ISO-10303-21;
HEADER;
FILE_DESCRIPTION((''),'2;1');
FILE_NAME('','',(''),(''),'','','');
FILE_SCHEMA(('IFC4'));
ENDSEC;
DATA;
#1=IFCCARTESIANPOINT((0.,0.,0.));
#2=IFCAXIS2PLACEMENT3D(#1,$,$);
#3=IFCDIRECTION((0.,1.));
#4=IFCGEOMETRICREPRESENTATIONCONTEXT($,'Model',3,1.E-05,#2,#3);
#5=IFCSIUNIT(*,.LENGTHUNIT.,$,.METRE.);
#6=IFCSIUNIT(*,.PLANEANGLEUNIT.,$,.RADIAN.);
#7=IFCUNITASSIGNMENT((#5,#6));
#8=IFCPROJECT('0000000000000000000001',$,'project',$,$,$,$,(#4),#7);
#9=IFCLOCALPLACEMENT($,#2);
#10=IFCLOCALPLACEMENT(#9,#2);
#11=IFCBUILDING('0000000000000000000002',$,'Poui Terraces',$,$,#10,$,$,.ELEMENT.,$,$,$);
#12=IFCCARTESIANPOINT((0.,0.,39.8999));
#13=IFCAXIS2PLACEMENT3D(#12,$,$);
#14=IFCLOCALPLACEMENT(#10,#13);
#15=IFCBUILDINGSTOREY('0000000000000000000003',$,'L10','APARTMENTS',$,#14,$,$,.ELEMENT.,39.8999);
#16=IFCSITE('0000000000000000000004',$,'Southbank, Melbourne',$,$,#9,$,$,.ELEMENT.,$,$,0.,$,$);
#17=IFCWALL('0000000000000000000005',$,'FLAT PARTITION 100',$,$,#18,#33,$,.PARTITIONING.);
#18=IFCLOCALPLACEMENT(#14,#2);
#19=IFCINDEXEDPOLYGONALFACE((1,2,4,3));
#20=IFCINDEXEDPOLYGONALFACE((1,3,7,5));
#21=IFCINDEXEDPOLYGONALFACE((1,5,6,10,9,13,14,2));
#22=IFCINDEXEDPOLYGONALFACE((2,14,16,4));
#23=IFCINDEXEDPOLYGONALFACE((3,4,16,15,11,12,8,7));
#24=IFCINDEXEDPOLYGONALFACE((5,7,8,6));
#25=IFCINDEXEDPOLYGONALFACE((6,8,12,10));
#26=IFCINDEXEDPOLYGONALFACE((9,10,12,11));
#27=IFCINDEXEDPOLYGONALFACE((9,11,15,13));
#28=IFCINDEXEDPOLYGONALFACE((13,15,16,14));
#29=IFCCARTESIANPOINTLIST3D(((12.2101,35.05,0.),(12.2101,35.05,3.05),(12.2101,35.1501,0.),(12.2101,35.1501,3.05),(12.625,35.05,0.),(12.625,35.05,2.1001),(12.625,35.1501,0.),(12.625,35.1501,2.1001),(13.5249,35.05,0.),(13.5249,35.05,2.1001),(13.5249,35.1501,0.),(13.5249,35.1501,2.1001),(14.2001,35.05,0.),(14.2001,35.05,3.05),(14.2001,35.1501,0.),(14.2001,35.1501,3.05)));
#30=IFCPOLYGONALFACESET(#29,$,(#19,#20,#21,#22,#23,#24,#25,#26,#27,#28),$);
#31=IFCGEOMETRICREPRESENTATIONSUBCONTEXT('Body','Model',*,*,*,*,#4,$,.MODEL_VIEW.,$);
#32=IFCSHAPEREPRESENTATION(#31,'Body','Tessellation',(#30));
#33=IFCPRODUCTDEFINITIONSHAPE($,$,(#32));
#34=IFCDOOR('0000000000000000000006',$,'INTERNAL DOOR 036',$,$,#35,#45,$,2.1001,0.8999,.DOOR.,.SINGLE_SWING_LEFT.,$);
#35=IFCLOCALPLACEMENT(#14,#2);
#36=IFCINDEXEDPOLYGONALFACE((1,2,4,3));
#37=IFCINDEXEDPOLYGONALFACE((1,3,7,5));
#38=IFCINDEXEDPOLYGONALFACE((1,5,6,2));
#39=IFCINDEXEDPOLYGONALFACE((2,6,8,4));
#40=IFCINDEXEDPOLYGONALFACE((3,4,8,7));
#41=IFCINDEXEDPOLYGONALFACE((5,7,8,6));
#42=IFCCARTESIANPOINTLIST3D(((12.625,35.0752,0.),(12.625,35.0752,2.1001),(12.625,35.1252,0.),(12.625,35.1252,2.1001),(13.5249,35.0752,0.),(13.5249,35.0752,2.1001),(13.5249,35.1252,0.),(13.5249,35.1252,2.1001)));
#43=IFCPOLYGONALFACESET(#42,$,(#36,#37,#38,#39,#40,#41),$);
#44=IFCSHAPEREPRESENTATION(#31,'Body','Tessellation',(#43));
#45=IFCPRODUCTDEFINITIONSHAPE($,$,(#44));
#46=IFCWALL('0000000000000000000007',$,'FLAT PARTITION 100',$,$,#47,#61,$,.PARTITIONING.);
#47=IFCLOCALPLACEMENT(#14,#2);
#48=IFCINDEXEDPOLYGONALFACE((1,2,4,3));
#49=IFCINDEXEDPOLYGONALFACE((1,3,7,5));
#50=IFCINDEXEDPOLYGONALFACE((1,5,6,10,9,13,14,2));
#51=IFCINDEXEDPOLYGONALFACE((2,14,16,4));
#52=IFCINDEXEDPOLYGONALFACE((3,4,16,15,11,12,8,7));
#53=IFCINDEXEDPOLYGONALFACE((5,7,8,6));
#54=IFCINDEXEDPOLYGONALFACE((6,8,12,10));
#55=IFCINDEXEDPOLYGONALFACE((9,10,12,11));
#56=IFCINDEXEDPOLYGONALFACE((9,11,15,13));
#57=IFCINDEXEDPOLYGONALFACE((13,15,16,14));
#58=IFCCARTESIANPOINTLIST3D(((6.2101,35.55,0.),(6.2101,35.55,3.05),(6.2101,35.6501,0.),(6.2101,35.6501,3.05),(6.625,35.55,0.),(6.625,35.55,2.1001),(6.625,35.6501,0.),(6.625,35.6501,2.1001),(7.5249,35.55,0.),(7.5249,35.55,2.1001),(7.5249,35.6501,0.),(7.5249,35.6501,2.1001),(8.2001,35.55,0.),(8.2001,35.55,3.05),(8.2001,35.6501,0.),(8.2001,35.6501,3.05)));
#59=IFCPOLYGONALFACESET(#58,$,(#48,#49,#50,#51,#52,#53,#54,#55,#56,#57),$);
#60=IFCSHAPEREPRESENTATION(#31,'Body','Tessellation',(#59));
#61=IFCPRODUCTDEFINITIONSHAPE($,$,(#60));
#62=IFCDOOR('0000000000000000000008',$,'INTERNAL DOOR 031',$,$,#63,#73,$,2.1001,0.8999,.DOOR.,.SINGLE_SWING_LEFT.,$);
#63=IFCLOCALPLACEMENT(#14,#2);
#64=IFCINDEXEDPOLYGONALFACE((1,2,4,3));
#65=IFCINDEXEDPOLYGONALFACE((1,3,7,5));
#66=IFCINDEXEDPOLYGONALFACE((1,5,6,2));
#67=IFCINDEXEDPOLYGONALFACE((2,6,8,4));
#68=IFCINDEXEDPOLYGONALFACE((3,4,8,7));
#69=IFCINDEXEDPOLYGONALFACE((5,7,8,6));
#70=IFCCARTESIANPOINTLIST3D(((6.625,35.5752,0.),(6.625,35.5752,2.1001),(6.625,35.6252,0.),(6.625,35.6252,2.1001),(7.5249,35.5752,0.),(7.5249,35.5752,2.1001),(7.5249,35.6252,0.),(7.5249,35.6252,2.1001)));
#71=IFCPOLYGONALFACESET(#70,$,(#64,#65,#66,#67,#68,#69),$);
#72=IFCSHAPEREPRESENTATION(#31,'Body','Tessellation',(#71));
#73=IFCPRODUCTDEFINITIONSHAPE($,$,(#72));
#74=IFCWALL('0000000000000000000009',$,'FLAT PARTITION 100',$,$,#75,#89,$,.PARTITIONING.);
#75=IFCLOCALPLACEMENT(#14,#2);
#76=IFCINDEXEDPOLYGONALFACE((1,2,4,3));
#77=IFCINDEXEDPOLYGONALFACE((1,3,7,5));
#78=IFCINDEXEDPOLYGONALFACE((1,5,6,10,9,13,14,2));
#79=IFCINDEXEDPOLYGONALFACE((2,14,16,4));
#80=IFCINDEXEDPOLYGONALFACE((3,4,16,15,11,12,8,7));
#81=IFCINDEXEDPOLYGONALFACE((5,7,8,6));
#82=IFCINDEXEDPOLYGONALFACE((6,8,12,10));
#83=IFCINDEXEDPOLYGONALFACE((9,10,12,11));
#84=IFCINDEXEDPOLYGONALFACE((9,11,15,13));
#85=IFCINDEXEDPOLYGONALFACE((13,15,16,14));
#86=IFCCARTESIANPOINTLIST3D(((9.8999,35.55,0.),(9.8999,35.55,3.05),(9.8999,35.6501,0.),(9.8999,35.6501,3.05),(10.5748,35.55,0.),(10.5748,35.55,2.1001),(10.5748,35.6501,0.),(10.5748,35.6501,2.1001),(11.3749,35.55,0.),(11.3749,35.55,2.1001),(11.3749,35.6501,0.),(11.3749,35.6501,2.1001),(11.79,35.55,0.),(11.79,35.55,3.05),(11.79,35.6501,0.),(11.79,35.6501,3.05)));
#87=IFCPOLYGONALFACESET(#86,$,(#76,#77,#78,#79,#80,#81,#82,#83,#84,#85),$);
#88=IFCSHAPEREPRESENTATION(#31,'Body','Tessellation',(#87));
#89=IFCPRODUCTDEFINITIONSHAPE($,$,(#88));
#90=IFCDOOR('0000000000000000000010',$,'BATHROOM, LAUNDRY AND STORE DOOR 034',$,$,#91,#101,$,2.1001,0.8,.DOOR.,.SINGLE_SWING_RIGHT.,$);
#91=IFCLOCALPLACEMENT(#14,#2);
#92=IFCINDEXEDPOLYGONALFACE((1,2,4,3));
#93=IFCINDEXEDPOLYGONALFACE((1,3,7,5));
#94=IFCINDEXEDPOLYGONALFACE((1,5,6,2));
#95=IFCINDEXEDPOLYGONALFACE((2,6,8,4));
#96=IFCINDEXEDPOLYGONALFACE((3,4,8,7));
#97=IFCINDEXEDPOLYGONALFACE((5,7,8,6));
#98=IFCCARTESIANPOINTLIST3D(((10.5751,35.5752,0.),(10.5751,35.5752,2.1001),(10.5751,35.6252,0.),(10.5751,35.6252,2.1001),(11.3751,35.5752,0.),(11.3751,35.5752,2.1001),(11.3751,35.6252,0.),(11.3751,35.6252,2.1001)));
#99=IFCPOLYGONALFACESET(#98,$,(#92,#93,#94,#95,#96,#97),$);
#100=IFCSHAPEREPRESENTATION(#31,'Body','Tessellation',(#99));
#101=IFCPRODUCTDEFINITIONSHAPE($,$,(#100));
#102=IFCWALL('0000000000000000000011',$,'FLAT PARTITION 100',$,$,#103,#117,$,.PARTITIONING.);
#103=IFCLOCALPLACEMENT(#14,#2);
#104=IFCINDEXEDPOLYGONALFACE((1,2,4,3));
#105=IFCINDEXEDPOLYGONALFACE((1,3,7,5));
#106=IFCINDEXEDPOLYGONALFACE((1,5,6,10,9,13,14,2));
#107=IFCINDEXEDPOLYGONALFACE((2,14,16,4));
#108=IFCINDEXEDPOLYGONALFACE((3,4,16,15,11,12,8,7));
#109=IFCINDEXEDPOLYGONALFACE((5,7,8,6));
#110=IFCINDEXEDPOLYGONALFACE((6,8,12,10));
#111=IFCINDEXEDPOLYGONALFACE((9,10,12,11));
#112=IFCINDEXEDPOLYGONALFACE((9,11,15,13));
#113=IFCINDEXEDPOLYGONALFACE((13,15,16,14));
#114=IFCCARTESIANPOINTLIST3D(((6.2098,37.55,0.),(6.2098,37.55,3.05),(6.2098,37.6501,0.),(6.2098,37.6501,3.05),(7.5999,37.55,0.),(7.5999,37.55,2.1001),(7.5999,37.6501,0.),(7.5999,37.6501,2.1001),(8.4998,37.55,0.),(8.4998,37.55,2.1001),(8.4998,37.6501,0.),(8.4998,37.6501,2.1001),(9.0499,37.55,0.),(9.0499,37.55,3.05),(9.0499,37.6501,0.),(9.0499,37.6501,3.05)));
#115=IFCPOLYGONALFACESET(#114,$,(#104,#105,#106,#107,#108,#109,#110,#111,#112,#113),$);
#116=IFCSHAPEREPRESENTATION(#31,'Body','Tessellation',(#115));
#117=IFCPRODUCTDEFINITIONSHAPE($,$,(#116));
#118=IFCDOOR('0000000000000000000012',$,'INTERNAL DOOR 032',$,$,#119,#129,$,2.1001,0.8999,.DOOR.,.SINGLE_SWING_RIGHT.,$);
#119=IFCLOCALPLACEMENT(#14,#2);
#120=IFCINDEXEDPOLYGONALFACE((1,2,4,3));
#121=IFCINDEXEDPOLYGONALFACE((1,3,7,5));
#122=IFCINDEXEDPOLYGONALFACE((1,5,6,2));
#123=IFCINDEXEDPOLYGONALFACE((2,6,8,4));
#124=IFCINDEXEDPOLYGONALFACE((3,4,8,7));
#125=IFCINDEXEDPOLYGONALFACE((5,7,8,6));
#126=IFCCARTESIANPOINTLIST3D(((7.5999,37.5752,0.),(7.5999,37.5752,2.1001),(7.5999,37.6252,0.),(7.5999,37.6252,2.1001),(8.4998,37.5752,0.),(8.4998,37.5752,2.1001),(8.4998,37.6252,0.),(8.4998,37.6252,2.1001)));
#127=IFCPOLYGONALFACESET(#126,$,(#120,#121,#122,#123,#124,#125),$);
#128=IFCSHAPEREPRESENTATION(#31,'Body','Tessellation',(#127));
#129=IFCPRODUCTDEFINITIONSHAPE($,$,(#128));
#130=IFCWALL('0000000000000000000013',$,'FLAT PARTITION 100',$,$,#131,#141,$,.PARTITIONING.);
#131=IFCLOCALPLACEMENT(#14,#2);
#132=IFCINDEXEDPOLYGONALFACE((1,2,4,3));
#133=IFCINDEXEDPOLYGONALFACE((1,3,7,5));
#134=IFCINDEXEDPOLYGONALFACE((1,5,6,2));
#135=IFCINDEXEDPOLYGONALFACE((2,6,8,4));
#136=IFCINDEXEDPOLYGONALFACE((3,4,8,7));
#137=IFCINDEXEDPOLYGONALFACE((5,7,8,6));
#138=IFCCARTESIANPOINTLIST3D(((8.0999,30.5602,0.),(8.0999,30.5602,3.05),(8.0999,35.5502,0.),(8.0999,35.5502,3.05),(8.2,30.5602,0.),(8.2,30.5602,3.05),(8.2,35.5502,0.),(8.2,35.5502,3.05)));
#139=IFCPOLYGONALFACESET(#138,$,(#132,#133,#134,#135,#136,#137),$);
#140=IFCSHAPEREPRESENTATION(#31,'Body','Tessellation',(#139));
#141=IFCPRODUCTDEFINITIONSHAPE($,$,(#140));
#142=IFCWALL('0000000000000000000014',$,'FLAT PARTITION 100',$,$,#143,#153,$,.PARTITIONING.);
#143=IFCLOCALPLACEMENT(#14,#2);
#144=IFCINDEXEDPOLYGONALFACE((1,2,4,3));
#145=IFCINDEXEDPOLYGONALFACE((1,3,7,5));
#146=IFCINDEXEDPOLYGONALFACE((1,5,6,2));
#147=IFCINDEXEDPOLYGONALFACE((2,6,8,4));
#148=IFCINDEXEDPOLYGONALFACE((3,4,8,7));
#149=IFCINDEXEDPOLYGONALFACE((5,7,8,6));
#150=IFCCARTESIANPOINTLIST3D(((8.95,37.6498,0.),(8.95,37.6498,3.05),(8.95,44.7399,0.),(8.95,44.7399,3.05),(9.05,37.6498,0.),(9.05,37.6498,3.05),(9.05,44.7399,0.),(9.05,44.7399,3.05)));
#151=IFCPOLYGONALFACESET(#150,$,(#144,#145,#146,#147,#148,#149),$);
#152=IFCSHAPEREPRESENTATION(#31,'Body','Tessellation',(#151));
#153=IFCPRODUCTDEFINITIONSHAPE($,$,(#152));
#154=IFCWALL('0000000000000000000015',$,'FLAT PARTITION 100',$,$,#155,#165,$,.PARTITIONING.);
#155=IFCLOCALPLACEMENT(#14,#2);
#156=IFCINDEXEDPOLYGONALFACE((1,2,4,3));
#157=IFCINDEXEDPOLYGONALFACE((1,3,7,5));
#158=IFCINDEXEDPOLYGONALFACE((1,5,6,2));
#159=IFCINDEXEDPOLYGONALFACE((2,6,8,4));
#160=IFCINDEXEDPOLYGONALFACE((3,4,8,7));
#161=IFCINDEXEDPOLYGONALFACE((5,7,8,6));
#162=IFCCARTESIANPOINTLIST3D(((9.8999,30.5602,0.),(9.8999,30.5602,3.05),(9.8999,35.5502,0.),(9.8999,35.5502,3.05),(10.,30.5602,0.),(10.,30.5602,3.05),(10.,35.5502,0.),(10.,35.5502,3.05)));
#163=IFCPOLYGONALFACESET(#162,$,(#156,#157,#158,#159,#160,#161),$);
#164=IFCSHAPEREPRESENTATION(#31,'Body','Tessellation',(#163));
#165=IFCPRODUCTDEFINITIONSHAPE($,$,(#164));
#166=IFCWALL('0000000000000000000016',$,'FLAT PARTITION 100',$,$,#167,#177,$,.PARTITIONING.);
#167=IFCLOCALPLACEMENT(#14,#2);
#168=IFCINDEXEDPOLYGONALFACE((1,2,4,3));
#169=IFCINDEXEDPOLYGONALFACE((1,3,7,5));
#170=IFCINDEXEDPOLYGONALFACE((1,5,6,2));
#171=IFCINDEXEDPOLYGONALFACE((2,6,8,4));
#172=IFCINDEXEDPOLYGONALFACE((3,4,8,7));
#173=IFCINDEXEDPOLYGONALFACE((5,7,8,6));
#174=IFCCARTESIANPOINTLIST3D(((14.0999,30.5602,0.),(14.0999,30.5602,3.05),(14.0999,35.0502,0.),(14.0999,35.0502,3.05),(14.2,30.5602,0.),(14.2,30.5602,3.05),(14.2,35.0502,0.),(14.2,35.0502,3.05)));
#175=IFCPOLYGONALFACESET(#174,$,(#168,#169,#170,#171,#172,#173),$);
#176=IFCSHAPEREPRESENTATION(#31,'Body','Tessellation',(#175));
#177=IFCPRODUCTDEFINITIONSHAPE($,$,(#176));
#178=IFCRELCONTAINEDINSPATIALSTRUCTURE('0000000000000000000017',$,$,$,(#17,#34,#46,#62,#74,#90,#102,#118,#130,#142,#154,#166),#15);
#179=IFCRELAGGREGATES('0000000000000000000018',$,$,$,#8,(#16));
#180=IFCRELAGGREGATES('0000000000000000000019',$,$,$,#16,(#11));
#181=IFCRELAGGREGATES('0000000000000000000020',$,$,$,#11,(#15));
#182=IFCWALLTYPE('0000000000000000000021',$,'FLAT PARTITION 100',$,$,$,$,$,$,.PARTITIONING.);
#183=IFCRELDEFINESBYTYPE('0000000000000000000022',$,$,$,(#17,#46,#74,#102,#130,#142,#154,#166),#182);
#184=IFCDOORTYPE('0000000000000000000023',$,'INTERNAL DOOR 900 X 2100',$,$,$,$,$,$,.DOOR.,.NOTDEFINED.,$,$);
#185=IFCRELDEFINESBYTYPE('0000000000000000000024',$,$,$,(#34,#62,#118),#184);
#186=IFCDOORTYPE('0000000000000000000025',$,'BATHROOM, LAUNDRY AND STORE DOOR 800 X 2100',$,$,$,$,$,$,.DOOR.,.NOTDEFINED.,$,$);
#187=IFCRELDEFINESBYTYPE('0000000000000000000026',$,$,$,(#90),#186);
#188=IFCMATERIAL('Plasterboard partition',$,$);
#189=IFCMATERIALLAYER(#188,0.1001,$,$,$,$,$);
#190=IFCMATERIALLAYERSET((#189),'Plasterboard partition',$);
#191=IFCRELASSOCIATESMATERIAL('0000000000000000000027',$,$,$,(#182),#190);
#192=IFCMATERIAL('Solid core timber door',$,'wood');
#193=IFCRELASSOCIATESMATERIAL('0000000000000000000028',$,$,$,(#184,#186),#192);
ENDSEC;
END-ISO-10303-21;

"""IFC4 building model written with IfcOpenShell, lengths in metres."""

from ifc_helpers import new_model, si_unit, direction, frame, frame_2d, origin, place, context, subcontext, project, spatial, rectangle, extrude, material, layer, layer_set, type_object, element, fill, save


model = new_model("IFC4")

# Units and contexts
model_context = context("Model", 3, precision=1e-05, world=origin(), true_north=direction((0.0, 1.0)))
body_context = subcontext(model_context, "Body", "Model", "MODEL_VIEW")
ifc_project = project(units=[si_unit("LENGTHUNIT", "METRE"), si_unit("PLANEANGLEUNIT", "RADIAN")], contexts=[model_context])

# Site, building, storey
site_placement = place(None, origin())
site = spatial("IfcSite", under=ifc_project, at=site_placement, Name="Southbank, Melbourne", CompositionType="ELEMENT", RefElevation=0.0)
building_placement = place(site_placement, origin())
building = spatial("IfcBuilding", under=site, at=building_placement, Name="Poui Terraces", CompositionType="ELEMENT")
storey_placement = place(building_placement, frame((0.0, 0.0, 39.8999)))
storey = spatial("IfcBuildingStorey", under=building, at=storey_placement, Name="L10", Description="APARTMENTS", CompositionType="ELEMENT", Elevation=39.8999)

# Walls, openings, doors
ifc_material_1 = material(Name="Plasterboard partition")
ifc_layer_1 = layer(ifc_material_1, 0.1001)
ifc_layer_set_1 = layer_set([ifc_layer_1], Name="Plasterboard partition")
wall_type_1 = type_object("IfcWallType", Name="FLAT PARTITION 100", PredefinedType="PARTITIONING", material=ifc_layer_set_1)
wall_1_placement = place(storey_placement, frame((12.21, 35.1001, 0.0), z_axis=(0.0, 0.0, 1.0), x_axis=(1.0, 0.0, 0.0)))
wall_1 = element("IfcWall", 1, at=wall_1_placement, inside=storey, type_object=wall_type_1, Name="FLAT PARTITION 100", PredefinedType="PARTITIONING", context=body_context, shape_type="SweptSolid", body=[
    extrude(rectangle(XDim=1.99, YDim=0.1001, at=frame_2d((0.9951, 0.0))), origin(), (0.0, 0.0, 1.0), 3.05),
])
opening_1_placement = place(wall_1_placement, frame((0.415, 0.0, 0.0)))
opening_1 = element("IfcOpeningElement", 2, at=opening_1_placement, cuts=wall_1, PredefinedType="OPENING", context=body_context, shape_type="SweptSolid", body=[
    extrude(rectangle(XDim=0.8999, YDim=2.1001, at=frame_2d((0.45, 1.05))), frame((0.0, 0.0601, 0.0), z_axis=(0.0, -1.0, 0.0), x_axis=(1.0, 0.0, 0.0)), (0.0, 0.0, 1.0), 0.1201),
])
ifc_material_2 = material(Name="Solid core timber door", Category="wood")
door_type_1 = type_object("IfcDoorType", Name="INTERNAL DOOR 900 X 2100", OperationType="NOTDEFINED", PredefinedType="DOOR", material=ifc_material_2)
door_1_placement = place(opening_1_placement, frame((0.8999, 0.0, 0.0), z_axis=(0.0, 0.0, 1.0), x_axis=(-1.0, 0.0, 0.0)))
door_1 = element("IfcDoor", 3, at=door_1_placement, inside=storey, type_object=door_type_1, Name="INTERNAL DOOR 036", OperationType="SINGLE_SWING_LEFT", OverallHeight=2.1001, OverallWidth=0.8999, PredefinedType="DOOR", context=body_context, shape_type="SweptSolid", body=[
    extrude(rectangle(XDim=0.8999, YDim=2.1001, at=frame_2d((0.45, 1.05))), frame((0.0, 0.0249, 0.0), z_axis=(0.0, -1.0, 0.0), x_axis=(1.0, 0.0, 0.0)), (0.0, 0.0, 1.0), 0.05),
])
fill(opening_1, door_1)
wall_2_placement = place(storey_placement, frame((6.21, 35.6001, 0.0), z_axis=(0.0, 0.0, 1.0), x_axis=(1.0, 0.0, 0.0)))
wall_2 = element("IfcWall", 4, at=wall_2_placement, inside=storey, type_object=wall_type_1, Name="FLAT PARTITION 100", PredefinedType="PARTITIONING", context=body_context, shape_type="SweptSolid", body=[
    extrude(rectangle(XDim=1.99, YDim=0.1001, at=frame_2d((0.9951, 0.0))), origin(), (0.0, 0.0, 1.0), 3.05),
])
opening_2_placement = place(wall_2_placement, frame((0.415, 0.0, 0.0)))
opening_2 = element("IfcOpeningElement", 5, at=opening_2_placement, cuts=wall_2, PredefinedType="OPENING", context=body_context, shape_type="SweptSolid", body=[
    extrude(rectangle(XDim=0.8999, YDim=2.1001, at=frame_2d((0.45, 1.05))), frame((0.0, 0.0601, 0.0), z_axis=(0.0, -1.0, 0.0), x_axis=(1.0, 0.0, 0.0)), (0.0, 0.0, 1.0), 0.1201),
])
door_2_placement = place(opening_2_placement, frame((0.8999, 0.0, 0.0), z_axis=(0.0, 0.0, 1.0), x_axis=(-1.0, 0.0, 0.0)))
door_2 = element("IfcDoor", 6, at=door_2_placement, inside=storey, type_object=door_type_1, Name="INTERNAL DOOR 031", OperationType="SINGLE_SWING_LEFT", OverallHeight=2.1001, OverallWidth=0.8999, PredefinedType="DOOR", context=body_context, shape_type="SweptSolid", body=[
    extrude(rectangle(XDim=0.8999, YDim=2.1001, at=frame_2d((0.45, 1.05))), frame((0.0, 0.0249, 0.0), z_axis=(0.0, -1.0, 0.0), x_axis=(1.0, 0.0, 0.0)), (0.0, 0.0, 1.0), 0.05),
])
fill(opening_2, door_2)
wall_3_placement = place(storey_placement, frame((9.8999, 35.6001, 0.0), z_axis=(0.0, 0.0, 1.0), x_axis=(1.0, 0.0, 0.0)))
wall_3 = element("IfcWall", 7, at=wall_3_placement, inside=storey, type_object=wall_type_1, Name="FLAT PARTITION 100", PredefinedType="PARTITIONING", context=body_context, shape_type="SweptSolid", body=[
    extrude(rectangle(XDim=1.8901, YDim=0.1001, at=frame_2d((0.9451, 0.0))), origin(), (0.0, 0.0, 1.0), 3.05),
])
opening_3_placement = place(wall_3_placement, frame((0.675, 0.0, 0.0)))
opening_3 = element("IfcOpeningElement", 8, at=opening_3_placement, cuts=wall_3, PredefinedType="OPENING", context=body_context, shape_type="SweptSolid", body=[
    extrude(rectangle(XDim=0.8, YDim=2.1001, at=frame_2d((0.3999, 1.05))), frame((0.0, 0.0601, 0.0), z_axis=(0.0, -1.0, 0.0), x_axis=(1.0, 0.0, 0.0)), (0.0, 0.0, 1.0), 0.1201),
])
door_type_2 = type_object("IfcDoorType", Name="BATHROOM, LAUNDRY AND STORE DOOR 800 X 2100", OperationType="NOTDEFINED", PredefinedType="DOOR", material=ifc_material_2)
door_3_placement = place(opening_3_placement, frame((0.8, 0.0, 0.0), z_axis=(0.0, 0.0, 1.0), x_axis=(-1.0, 0.0, 0.0)))
door_3 = element("IfcDoor", 9, at=door_3_placement, inside=storey, type_object=door_type_2, Name="BATHROOM, LAUNDRY AND STORE DOOR 034", OperationType="SINGLE_SWING_RIGHT", OverallHeight=2.1001, OverallWidth=0.8, PredefinedType="DOOR", context=body_context, shape_type="SweptSolid", body=[
    extrude(rectangle(XDim=0.8, YDim=2.1001, at=frame_2d((0.3999, 1.05))), frame((0.0, 0.0249, 0.0), z_axis=(0.0, -1.0, 0.0), x_axis=(1.0, 0.0, 0.0)), (0.0, 0.0, 1.0), 0.05),
])
fill(opening_3, door_3)
wall_4_placement = place(storey_placement, frame((6.21, 37.6001, 0.0), z_axis=(0.0, 0.0, 1.0), x_axis=(1.0, 0.0, 0.0)))
wall_4 = element("IfcWall", 10, at=wall_4_placement, inside=storey, type_object=wall_type_1, Name="FLAT PARTITION 100", PredefinedType="PARTITIONING", context=body_context, shape_type="SweptSolid", body=[
    extrude(rectangle(XDim=2.8401, YDim=0.1001, at=frame_2d((1.4199, 0.0))), origin(), (0.0, 0.0, 1.0), 3.05),
])
opening_4_placement = place(wall_4_placement, frame((1.3899, 0.0, 0.0)))
opening_4 = element("IfcOpeningElement", 11, at=opening_4_placement, cuts=wall_4, PredefinedType="OPENING", context=body_context, shape_type="SweptSolid", body=[
    extrude(rectangle(XDim=0.8999, YDim=2.1001, at=frame_2d((0.45, 1.05))), frame((0.0, 0.0601, 0.0), z_axis=(0.0, -1.0, 0.0), x_axis=(1.0, 0.0, 0.0)), (0.0, 0.0, 1.0), 0.1201),
])
door_4_placement = place(opening_4_placement, frame((0.8999, 0.0, 0.0), z_axis=(0.0, 0.0, 1.0), x_axis=(-1.0, 0.0, 0.0)))
door_4 = element("IfcDoor", 12, at=door_4_placement, inside=storey, type_object=door_type_1, Name="INTERNAL DOOR 032", OperationType="SINGLE_SWING_RIGHT", OverallHeight=2.1001, OverallWidth=0.8999, PredefinedType="DOOR", context=body_context, shape_type="SweptSolid", body=[
    extrude(rectangle(XDim=0.8999, YDim=2.1001, at=frame_2d((0.45, 1.05))), frame((0.0, 0.0249, 0.0), z_axis=(0.0, -1.0, 0.0), x_axis=(1.0, 0.0, 0.0)), (0.0, 0.0, 1.0), 0.05),
])
fill(opening_4, door_4)

# Walls
wall_5_placement = place(storey_placement, frame((8.1499, 30.5601, 0.0), z_axis=(0.0, 0.0, 1.0), x_axis=(0.0, 1.0, 0.0)))
element("IfcWall", 13, at=wall_5_placement, inside=storey, type_object=wall_type_1, Name="FLAT PARTITION 100", PredefinedType="PARTITIONING", context=body_context, shape_type="SweptSolid", body=[
    extrude(rectangle(XDim=4.99, YDim=0.1001, at=frame_2d((2.4951, 0.0))), origin(), (0.0, 0.0, 1.0), 3.05),
])
wall_6_placement = place(storey_placement, frame((9.0, 37.6499, 0.0), z_axis=(0.0, 0.0, 1.0), x_axis=(0.0, 1.0, 0.0)))
element("IfcWall", 14, at=wall_6_placement, inside=storey, type_object=wall_type_1, Name="FLAT PARTITION 100", PredefinedType="PARTITIONING", context=body_context, shape_type="SweptSolid", body=[
    extrude(rectangle(XDim=7.0901, YDim=0.1001, at=frame_2d((3.5449, 0.0))), origin(), (0.0, 0.0, 1.0), 3.05),
])
wall_7_placement = place(storey_placement, frame((9.95, 30.5601, 0.0), z_axis=(0.0, 0.0, 1.0), x_axis=(0.0, 1.0, 0.0)))
element("IfcWall", 15, at=wall_7_placement, inside=storey, type_object=wall_type_1, Name="FLAT PARTITION 100", PredefinedType="PARTITIONING", context=body_context, shape_type="SweptSolid", body=[
    extrude(rectangle(XDim=4.99, YDim=0.1001, at=frame_2d((2.4951, 0.0))), origin(), (0.0, 0.0, 1.0), 3.05),
])
wall_8_placement = place(storey_placement, frame((14.1499, 30.5601, 0.0), z_axis=(0.0, 0.0, 1.0), x_axis=(0.0, 1.0, 0.0)))
element("IfcWall", 16, at=wall_8_placement, inside=storey, type_object=wall_type_1, Name="FLAT PARTITION 100", PredefinedType="PARTITIONING", context=body_context, shape_type="SweptSolid", body=[
    extrude(rectangle(XDim=4.49, YDim=0.1001, at=frame_2d((2.2451, 0.0))), origin(), (0.0, 0.0, 1.0), 3.05),
])

save(model, "model.ifc")
